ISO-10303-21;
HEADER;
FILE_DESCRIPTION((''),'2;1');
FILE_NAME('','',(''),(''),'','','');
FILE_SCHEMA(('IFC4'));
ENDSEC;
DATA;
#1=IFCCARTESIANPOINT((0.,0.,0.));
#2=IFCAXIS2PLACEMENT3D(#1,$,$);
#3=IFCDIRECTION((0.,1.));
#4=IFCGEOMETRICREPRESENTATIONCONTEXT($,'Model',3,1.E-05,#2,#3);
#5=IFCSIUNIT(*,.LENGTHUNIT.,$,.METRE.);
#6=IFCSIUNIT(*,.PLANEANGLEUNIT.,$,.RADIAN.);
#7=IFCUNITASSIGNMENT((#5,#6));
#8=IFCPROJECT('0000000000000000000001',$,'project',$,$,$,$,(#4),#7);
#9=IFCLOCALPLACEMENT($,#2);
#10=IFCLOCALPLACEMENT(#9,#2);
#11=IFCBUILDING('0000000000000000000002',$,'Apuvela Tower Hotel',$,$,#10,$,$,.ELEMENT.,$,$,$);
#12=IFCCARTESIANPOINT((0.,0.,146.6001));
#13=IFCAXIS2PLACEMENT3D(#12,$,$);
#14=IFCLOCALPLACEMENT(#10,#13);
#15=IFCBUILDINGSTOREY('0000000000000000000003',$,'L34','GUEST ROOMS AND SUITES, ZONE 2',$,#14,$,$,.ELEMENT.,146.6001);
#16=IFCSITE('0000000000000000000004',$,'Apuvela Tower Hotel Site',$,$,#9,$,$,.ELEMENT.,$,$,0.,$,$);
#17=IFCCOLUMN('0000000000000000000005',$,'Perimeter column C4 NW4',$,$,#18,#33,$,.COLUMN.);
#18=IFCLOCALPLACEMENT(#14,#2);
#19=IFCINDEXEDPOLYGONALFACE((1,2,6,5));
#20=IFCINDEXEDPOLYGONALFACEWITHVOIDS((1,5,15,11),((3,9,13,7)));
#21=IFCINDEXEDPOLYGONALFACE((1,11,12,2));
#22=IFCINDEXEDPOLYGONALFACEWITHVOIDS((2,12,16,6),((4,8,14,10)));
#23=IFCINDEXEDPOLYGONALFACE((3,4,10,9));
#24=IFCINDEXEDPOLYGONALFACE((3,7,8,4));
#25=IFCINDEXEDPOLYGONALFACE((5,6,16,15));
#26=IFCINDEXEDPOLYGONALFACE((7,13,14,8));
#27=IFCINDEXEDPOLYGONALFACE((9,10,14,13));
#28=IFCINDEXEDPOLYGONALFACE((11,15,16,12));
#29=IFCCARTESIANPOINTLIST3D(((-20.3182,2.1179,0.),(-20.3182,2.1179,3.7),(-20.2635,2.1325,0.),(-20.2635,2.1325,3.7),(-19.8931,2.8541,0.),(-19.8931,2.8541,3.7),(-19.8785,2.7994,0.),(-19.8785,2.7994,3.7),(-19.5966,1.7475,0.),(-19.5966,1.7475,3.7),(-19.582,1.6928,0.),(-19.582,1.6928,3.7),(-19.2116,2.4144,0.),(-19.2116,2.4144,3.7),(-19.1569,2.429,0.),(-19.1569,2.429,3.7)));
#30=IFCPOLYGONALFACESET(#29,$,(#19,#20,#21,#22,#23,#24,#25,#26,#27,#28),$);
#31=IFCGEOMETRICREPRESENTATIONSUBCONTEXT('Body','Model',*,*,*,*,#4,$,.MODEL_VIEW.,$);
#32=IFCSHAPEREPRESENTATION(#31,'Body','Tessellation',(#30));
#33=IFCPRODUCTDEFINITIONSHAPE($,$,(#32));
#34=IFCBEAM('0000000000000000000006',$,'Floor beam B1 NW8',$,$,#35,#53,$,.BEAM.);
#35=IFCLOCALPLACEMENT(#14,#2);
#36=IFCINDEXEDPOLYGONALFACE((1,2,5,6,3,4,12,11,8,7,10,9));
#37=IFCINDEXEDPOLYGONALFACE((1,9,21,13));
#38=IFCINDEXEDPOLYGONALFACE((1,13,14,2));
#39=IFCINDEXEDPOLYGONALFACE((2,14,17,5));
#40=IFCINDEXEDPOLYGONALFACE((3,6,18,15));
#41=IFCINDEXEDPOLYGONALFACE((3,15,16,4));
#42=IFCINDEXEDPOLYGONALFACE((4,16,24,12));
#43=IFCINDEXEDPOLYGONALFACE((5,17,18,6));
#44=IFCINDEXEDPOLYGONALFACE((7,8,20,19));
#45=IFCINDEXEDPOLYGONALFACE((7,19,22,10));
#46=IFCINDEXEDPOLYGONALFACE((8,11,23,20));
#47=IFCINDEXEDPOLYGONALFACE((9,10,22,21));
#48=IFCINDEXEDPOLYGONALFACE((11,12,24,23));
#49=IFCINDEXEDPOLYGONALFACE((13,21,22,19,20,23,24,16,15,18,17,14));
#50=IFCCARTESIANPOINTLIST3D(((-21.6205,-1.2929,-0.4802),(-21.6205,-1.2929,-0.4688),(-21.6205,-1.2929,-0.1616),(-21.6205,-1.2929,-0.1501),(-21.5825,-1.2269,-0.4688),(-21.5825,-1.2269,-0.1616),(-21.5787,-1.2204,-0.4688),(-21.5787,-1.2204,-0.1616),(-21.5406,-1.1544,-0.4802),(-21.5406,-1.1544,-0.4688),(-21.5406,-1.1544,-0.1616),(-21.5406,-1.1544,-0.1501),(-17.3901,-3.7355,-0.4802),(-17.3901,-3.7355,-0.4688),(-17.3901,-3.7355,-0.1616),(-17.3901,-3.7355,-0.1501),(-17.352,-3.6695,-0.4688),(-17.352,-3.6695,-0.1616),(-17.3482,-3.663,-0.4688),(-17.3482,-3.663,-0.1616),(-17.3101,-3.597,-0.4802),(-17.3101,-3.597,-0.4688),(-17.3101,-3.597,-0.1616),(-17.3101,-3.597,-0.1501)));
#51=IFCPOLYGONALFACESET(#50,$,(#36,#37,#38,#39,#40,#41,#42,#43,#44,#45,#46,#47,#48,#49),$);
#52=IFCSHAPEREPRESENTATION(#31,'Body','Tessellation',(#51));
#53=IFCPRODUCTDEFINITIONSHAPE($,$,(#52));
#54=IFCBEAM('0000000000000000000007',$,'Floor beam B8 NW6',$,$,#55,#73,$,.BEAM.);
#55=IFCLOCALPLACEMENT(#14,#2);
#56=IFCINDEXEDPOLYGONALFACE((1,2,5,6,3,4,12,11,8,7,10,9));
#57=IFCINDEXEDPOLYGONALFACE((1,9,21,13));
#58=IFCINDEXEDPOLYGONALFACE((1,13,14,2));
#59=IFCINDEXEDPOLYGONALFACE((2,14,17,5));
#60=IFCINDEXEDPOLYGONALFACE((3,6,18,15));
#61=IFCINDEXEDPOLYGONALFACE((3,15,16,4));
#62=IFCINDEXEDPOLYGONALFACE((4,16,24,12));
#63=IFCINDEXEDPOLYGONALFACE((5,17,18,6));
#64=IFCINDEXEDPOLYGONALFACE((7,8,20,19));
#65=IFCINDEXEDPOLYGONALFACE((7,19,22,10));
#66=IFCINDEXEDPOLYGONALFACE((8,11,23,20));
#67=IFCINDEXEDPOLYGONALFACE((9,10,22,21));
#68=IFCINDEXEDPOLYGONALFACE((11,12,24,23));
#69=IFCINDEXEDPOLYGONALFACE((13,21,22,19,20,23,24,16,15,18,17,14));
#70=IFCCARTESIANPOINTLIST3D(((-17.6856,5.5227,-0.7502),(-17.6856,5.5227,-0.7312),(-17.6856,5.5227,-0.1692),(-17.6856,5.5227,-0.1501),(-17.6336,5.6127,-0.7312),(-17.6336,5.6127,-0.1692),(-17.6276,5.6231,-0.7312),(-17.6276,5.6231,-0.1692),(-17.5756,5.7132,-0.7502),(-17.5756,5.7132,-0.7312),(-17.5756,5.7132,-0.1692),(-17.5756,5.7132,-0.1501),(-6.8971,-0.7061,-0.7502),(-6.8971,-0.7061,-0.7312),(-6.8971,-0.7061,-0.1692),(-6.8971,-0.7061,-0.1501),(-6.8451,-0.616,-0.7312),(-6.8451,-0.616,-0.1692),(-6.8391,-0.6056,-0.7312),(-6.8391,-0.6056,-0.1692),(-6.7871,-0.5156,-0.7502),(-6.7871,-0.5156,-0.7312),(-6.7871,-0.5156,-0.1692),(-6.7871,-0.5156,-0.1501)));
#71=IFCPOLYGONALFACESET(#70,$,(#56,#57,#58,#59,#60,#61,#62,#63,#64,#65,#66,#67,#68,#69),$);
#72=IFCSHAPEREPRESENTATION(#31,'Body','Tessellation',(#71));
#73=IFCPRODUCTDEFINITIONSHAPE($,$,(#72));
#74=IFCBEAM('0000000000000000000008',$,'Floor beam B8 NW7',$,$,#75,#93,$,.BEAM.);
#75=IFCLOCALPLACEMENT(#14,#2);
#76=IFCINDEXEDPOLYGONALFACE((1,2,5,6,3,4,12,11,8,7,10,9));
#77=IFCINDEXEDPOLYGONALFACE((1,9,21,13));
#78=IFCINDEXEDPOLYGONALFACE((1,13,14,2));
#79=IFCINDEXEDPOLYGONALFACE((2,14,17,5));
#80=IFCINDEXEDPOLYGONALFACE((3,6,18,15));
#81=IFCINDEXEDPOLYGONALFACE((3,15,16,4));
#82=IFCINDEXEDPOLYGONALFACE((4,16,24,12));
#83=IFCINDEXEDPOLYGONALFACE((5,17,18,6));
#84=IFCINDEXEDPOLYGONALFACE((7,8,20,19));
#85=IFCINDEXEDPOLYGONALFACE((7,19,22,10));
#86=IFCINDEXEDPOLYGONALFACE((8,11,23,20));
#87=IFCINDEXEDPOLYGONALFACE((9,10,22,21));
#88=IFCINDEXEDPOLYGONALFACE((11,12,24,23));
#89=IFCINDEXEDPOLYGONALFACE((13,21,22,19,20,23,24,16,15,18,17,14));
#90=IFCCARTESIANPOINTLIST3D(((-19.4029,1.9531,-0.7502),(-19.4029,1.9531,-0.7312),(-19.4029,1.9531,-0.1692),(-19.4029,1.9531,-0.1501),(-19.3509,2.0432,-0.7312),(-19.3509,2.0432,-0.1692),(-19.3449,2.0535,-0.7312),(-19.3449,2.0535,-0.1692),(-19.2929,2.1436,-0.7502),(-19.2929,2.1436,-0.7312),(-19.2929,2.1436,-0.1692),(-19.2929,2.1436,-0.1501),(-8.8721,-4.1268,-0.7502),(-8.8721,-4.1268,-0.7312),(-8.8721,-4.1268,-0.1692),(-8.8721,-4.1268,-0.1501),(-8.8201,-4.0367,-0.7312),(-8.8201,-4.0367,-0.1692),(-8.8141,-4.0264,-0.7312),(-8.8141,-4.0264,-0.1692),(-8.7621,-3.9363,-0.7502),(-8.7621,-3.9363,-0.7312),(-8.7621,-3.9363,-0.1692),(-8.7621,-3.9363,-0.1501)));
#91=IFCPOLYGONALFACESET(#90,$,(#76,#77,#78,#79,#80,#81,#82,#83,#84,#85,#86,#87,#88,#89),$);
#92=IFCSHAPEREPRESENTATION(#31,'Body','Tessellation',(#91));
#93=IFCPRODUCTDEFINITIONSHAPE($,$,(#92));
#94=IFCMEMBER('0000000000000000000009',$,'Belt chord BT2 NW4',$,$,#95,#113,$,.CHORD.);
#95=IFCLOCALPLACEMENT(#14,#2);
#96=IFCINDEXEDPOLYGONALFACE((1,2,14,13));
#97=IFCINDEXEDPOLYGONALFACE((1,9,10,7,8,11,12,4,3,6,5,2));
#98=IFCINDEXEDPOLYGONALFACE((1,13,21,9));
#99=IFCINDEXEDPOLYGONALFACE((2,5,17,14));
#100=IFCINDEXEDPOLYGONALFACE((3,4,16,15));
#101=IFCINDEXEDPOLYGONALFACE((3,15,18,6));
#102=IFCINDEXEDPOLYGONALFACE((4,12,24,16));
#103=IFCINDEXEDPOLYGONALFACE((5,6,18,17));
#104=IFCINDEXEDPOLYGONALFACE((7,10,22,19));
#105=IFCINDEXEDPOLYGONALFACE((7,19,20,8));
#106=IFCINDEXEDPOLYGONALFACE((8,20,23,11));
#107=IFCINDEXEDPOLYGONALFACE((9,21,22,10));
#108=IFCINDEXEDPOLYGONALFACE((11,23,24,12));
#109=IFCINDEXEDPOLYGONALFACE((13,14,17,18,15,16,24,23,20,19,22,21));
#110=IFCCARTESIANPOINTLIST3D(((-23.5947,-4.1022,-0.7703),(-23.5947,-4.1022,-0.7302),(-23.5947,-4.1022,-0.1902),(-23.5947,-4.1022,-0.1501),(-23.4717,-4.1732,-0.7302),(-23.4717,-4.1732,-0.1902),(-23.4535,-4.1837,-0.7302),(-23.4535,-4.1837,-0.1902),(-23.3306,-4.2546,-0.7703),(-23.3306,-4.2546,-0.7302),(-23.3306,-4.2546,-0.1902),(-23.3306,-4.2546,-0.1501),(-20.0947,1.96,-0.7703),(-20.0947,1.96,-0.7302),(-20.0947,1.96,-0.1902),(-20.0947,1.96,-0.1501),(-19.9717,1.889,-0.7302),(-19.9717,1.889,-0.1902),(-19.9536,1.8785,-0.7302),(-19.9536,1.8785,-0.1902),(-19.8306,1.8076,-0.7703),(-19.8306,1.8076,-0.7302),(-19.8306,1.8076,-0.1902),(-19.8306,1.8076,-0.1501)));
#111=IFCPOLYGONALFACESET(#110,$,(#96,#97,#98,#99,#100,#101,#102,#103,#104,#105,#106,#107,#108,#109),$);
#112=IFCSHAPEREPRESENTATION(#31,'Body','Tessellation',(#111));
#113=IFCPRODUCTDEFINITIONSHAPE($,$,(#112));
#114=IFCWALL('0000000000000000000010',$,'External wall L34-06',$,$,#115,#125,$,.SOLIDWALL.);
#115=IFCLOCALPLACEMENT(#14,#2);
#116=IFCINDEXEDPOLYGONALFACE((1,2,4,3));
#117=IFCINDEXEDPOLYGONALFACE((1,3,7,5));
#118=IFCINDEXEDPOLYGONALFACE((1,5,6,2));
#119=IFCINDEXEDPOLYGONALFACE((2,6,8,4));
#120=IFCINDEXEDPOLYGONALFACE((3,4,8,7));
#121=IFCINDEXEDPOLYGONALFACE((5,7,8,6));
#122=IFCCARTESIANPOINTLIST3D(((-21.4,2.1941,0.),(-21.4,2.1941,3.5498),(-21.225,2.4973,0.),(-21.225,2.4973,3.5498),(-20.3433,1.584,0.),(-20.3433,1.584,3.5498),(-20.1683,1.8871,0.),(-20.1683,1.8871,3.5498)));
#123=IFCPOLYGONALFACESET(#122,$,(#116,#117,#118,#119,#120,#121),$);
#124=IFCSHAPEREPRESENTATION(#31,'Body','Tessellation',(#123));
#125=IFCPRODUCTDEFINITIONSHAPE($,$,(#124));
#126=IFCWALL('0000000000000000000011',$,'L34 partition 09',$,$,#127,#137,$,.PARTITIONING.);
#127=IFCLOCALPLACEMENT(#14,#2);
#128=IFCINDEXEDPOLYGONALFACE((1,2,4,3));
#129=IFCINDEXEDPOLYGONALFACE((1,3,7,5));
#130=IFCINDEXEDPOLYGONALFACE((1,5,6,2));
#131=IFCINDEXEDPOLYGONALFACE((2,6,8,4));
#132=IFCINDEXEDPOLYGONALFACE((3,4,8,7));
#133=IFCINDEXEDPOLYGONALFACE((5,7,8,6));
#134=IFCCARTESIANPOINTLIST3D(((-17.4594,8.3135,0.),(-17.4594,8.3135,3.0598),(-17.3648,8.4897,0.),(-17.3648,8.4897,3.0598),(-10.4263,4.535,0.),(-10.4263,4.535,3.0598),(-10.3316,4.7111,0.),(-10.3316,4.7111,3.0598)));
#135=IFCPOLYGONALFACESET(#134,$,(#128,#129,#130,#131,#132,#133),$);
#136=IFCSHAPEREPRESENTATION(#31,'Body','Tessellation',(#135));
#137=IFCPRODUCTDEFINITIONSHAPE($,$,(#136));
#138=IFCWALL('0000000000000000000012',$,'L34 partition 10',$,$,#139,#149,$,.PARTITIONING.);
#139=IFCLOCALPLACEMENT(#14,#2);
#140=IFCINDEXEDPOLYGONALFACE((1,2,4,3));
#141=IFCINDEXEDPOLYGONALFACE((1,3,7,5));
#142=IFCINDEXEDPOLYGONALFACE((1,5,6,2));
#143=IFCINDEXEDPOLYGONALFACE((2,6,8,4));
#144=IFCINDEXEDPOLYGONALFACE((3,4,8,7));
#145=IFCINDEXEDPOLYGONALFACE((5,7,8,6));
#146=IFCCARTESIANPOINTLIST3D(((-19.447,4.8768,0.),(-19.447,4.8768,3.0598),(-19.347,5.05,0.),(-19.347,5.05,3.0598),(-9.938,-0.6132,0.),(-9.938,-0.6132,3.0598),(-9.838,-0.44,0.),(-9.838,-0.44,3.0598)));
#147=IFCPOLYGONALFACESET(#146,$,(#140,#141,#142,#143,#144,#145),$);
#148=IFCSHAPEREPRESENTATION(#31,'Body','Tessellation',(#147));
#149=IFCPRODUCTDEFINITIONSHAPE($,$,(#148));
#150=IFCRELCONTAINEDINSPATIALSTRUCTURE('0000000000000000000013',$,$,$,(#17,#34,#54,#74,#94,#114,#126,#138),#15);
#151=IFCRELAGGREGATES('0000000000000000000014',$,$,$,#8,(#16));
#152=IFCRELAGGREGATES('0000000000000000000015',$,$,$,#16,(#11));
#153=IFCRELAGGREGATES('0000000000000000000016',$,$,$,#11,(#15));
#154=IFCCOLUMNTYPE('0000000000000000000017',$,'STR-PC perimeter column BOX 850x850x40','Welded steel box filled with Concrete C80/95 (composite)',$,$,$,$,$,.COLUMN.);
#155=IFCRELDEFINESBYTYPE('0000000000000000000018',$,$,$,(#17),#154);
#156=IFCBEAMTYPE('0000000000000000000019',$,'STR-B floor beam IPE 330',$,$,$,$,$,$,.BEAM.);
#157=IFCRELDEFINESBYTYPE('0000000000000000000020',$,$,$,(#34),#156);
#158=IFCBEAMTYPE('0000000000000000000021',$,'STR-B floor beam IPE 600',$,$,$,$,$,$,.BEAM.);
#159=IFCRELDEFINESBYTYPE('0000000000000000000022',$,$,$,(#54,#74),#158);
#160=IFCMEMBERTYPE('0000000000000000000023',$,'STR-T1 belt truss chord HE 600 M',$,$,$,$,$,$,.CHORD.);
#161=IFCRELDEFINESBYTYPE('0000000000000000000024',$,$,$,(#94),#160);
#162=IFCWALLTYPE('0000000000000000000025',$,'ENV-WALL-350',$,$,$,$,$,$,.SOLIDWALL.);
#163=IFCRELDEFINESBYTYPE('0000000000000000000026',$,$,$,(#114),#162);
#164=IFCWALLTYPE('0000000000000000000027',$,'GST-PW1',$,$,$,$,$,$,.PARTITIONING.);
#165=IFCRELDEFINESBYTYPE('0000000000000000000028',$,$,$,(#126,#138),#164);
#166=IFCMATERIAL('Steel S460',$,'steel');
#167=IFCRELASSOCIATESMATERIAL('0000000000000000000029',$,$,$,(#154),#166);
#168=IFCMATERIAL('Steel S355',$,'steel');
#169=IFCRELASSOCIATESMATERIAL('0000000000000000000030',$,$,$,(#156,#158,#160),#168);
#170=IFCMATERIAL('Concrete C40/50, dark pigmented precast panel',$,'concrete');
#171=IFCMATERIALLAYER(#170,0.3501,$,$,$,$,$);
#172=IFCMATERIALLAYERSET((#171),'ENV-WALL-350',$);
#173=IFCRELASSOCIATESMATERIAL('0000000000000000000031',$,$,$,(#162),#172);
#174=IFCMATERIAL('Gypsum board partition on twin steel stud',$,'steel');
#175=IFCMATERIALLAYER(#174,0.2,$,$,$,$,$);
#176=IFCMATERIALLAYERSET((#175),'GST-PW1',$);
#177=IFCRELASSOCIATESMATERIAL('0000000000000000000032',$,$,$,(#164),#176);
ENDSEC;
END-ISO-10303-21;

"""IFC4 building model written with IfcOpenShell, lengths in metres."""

from ifc_helpers import new_model, si_unit, direction, frame, frame_2d, origin, origin_2d, place, context, subcontext, project, spatial, rectangle, hollow_rectangle, i_section, extrude, material, layer, layer_set, material_profile, profile_set, type_object, element, save


model = new_model("IFC4")

# Units and contexts
model_context = context("Model", 3, precision=1e-05, world=origin(), true_north=direction((0.0, 1.0)))
body_context = subcontext(model_context, "Body", "Model", "MODEL_VIEW")
ifc_project = project(units=[si_unit("LENGTHUNIT", "METRE"), si_unit("PLANEANGLEUNIT", "RADIAN")], contexts=[model_context])

# Site, building, storey
site_placement = place(None, origin())
site = spatial("IfcSite", under=ifc_project, at=site_placement, Name="Apuvela Tower Hotel Site", CompositionType="ELEMENT", RefElevation=0.0)
building_placement = place(site_placement, origin())
building = spatial("IfcBuilding", under=site, at=building_placement, Name="Apuvela Tower Hotel", CompositionType="ELEMENT")
storey_placement = place(building_placement, frame((0.0, 0.0, 146.6001)))
storey = spatial("IfcBuildingStorey", under=building, at=storey_placement, Name="L34", Description="GUEST ROOMS AND SUITES, ZONE 2", CompositionType="ELEMENT", Elevation=146.6001)

# Column
ifc_material_1 = material(Name="Steel S460", Category="steel")
ifc_material_profile_1 = material_profile(ifc_material_1, hollow_rectangle(XDim=0.8501, YDim=0.8501, WallThickness=0.04, at=origin_2d()), Name="BOX 850x850x40")
ifc_material_2 = material(Name="Concrete C80/95", Category="concrete")
ifc_material_profile_2 = material_profile(ifc_material_2, rectangle(XDim=0.77, YDim=0.77, at=origin_2d()), Name="Concrete C80/95 infill")
ifc_profile_set_1 = profile_set([ifc_material_profile_1, ifc_material_profile_2], Name="Steel S460")
column_type = type_object("IfcColumnType", Name="STR-PC perimeter column BOX 850x850x40", Description="Welded steel box filled with Concrete C80/95 (composite)", PredefinedType="COLUMN", material=ifc_profile_set_1)
column_placement = place(storey_placement, frame((-19.7375, 2.2734, 0.0), z_axis=(0.0, 0.0, 1.0), x_axis=(0.5, 0.866025, 0.0)))
element("IfcColumn", 1, at=column_placement, inside=storey, type_object=column_type, Name="Perimeter column C4 NW4", PredefinedType="COLUMN", context=body_context, shape_type="SweptSolid", body=[
    extrude(hollow_rectangle(XDim=0.8501, YDim=0.8501, WallThickness=0.04, at=origin_2d()), origin(), (0.0, 0.0, 1.0), 3.7),
])

# Beams
ifc_material_3 = material(Name="Steel S355", Category="steel")
ifc_material_profile_3 = material_profile(ifc_material_3, i_section(OverallWidth=0.1599, OverallDepth=0.3301, WebThickness=0.0076, FlangeThickness=0.0115, at=origin_2d()), Name="IPE 330")
ifc_profile_set_2 = profile_set([ifc_material_profile_3], Name="Steel S355")
beam_type_1 = type_object("IfcBeamType", Name="STR-B floor beam IPE 330", PredefinedType="BEAM", material=ifc_profile_set_2)
beam_1_placement = place(storey_placement, frame((-21.5806, -1.2236, -0.3152), z_axis=(0.866011, -0.500025, 0.0), x_axis=(0.500025, 0.866011, 0.0)))
element("IfcBeam", 2, at=beam_1_placement, inside=storey, type_object=beam_type_1, Name="Floor beam B1 NW8", PredefinedType="BEAM", context=body_context, shape_type="SweptSolid", body=[
    extrude(i_section(OverallWidth=0.1599, OverallDepth=0.3301, WebThickness=0.0076, FlangeThickness=0.0115, at=origin_2d()), origin(), (0.0, 0.0, 1.0), 4.885),
])
ifc_material_profile_4 = material_profile(ifc_material_3, i_section(OverallWidth=0.22, OverallDepth=0.6001, WebThickness=0.012, FlangeThickness=0.019, at=origin_2d()), Name="IPE 600")
ifc_profile_set_3 = profile_set([ifc_material_profile_4], Name="Steel S355")
beam_type_2 = type_object("IfcBeamType", Name="STR-B floor beam IPE 600", PredefinedType="BEAM", material=ifc_profile_set_3)
beam_2_placement = place(storey_placement, frame((-17.6306, 5.6179, -0.4502), z_axis=(0.866026, -0.499998, 0.0), x_axis=(0.499998, 0.866026, 0.0)))
element("IfcBeam", 3, at=beam_2_placement, inside=storey, type_object=beam_type_2, Name="Floor beam B8 NW6", PredefinedType="BEAM", context=body_context, shape_type="SweptSolid", body=[
    extrude(i_section(OverallWidth=0.22, OverallDepth=0.6001, WebThickness=0.012, FlangeThickness=0.019, at=origin_2d()), origin(), (0.0, 0.0, 1.0), 12.4575),
])
beam_3_placement = place(storey_placement, frame((-19.3479, 2.0483, -0.4502), z_axis=(0.866029, -0.499994, 0.0), x_axis=(0.499994, 0.866029, 0.0)))
element("IfcBeam", 4, at=beam_3_placement, inside=storey, type_object=beam_type_2, Name="Floor beam B8 NW7", PredefinedType="BEAM", context=body_context, shape_type="SweptSolid", body=[
    extrude(i_section(OverallWidth=0.22, OverallDepth=0.6001, WebThickness=0.012, FlangeThickness=0.019, at=origin_2d()), origin(), (0.0, 0.0, 1.0), 12.1599),
])

# Member
ifc_material_profile_5 = material_profile(ifc_material_3, i_section(OverallWidth=0.3049, OverallDepth=0.6201, WebThickness=0.021, FlangeThickness=0.04, at=origin_2d()), Name="HE 600 M")
ifc_profile_set_4 = profile_set([ifc_material_profile_5], Name="Steel S355")
member_type = type_object("IfcMemberType", Name="STR-T1 belt truss chord HE 600 M", PredefinedType="CHORD", material=ifc_profile_set_4)
member_placement = place(storey_placement, frame((-19.9626, 1.8838, -0.4602), z_axis=(-0.499995, -0.866028, 0.0), x_axis=(0.866028, -0.499995, 0.0)))
element("IfcMember", 5, at=member_placement, inside=storey, type_object=member_type, Name="Belt chord BT2 NW4", PredefinedType="CHORD", context=body_context, shape_type="SweptSolid", body=[
    extrude(i_section(OverallWidth=0.3049, OverallDepth=0.6201, WebThickness=0.021, FlangeThickness=0.04, at=origin_2d()), origin(), (0.0, 0.0, 1.0), 7.0),
])

# Shared definitions
ifc_material_4 = material(Name="Concrete C40/50, dark pigmented precast panel", Category="concrete")
ifc_layer_1 = layer(ifc_material_4, 0.3501)
ifc_layer_set_1 = layer_set([ifc_layer_1], Name="ENV-WALL-350")
wall_type_1 = type_object("IfcWallType", Name="ENV-WALL-350", PredefinedType="SOLIDWALL", material=ifc_layer_set_1)

# Wall
wall_1_placement = place(storey_placement, frame((-21.3125, 2.3457, 0.0), z_axis=(0.0, 0.0, 1.0), x_axis=(0.866006, -0.500034, 0.0)))
element("IfcWall", 6, at=wall_1_placement, inside=storey, type_object=wall_type_1, Name="External wall L34-06", PredefinedType="SOLIDWALL", context=body_context, shape_type="SweptSolid", body=[
    extrude(rectangle(XDim=1.2202, YDim=0.3501, at=frame_2d((0.6101, 0.0))), origin(), (0.0, 0.0, 1.0), 3.5498),
])

# Walls
ifc_material_5 = material(Name="Gypsum board partition on twin steel stud", Category="steel")
ifc_layer_2 = layer(ifc_material_5, 0.2)
ifc_layer_set_2 = layer_set([ifc_layer_2], Name="GST-PW1")
wall_type_2 = type_object("IfcWallType", Name="GST-PW1", PredefinedType="PARTITIONING", material=ifc_layer_set_2)
wall_2_placement = place(storey_placement, frame((-17.4121, 8.4016, 0.0), z_axis=(0.0, 0.0, 1.0), x_axis=(0.880917, -0.47327, 0.0)))
element("IfcWall", 7, at=wall_2_placement, inside=storey, type_object=wall_type_2, Name="L34 partition 09", PredefinedType="PARTITIONING", context=body_context, shape_type="SweptSolid", body=[
    extrude(rectangle(XDim=7.9839, YDim=0.2, at=frame_2d((3.9919, 0.0))), origin(), (0.0, 0.0, 1.0), 3.0598),
])
wall_3_placement = place(storey_placement, frame((-19.397, 4.9634, 0.0), z_axis=(0.0, 0.0, 1.0), x_axis=(0.866027, -0.499996, 0.0)))
element("IfcWall", 8, at=wall_3_placement, inside=storey, type_object=wall_type_2, Name="L34 partition 10", PredefinedType="PARTITIONING", context=body_context, shape_type="SweptSolid", body=[
    extrude(rectangle(XDim=10.98, YDim=0.2, at=frame_2d((5.49, 0.0))), origin(), (0.0, 0.0, 1.0), 3.0598),
])

save(model, "model.ifc")
